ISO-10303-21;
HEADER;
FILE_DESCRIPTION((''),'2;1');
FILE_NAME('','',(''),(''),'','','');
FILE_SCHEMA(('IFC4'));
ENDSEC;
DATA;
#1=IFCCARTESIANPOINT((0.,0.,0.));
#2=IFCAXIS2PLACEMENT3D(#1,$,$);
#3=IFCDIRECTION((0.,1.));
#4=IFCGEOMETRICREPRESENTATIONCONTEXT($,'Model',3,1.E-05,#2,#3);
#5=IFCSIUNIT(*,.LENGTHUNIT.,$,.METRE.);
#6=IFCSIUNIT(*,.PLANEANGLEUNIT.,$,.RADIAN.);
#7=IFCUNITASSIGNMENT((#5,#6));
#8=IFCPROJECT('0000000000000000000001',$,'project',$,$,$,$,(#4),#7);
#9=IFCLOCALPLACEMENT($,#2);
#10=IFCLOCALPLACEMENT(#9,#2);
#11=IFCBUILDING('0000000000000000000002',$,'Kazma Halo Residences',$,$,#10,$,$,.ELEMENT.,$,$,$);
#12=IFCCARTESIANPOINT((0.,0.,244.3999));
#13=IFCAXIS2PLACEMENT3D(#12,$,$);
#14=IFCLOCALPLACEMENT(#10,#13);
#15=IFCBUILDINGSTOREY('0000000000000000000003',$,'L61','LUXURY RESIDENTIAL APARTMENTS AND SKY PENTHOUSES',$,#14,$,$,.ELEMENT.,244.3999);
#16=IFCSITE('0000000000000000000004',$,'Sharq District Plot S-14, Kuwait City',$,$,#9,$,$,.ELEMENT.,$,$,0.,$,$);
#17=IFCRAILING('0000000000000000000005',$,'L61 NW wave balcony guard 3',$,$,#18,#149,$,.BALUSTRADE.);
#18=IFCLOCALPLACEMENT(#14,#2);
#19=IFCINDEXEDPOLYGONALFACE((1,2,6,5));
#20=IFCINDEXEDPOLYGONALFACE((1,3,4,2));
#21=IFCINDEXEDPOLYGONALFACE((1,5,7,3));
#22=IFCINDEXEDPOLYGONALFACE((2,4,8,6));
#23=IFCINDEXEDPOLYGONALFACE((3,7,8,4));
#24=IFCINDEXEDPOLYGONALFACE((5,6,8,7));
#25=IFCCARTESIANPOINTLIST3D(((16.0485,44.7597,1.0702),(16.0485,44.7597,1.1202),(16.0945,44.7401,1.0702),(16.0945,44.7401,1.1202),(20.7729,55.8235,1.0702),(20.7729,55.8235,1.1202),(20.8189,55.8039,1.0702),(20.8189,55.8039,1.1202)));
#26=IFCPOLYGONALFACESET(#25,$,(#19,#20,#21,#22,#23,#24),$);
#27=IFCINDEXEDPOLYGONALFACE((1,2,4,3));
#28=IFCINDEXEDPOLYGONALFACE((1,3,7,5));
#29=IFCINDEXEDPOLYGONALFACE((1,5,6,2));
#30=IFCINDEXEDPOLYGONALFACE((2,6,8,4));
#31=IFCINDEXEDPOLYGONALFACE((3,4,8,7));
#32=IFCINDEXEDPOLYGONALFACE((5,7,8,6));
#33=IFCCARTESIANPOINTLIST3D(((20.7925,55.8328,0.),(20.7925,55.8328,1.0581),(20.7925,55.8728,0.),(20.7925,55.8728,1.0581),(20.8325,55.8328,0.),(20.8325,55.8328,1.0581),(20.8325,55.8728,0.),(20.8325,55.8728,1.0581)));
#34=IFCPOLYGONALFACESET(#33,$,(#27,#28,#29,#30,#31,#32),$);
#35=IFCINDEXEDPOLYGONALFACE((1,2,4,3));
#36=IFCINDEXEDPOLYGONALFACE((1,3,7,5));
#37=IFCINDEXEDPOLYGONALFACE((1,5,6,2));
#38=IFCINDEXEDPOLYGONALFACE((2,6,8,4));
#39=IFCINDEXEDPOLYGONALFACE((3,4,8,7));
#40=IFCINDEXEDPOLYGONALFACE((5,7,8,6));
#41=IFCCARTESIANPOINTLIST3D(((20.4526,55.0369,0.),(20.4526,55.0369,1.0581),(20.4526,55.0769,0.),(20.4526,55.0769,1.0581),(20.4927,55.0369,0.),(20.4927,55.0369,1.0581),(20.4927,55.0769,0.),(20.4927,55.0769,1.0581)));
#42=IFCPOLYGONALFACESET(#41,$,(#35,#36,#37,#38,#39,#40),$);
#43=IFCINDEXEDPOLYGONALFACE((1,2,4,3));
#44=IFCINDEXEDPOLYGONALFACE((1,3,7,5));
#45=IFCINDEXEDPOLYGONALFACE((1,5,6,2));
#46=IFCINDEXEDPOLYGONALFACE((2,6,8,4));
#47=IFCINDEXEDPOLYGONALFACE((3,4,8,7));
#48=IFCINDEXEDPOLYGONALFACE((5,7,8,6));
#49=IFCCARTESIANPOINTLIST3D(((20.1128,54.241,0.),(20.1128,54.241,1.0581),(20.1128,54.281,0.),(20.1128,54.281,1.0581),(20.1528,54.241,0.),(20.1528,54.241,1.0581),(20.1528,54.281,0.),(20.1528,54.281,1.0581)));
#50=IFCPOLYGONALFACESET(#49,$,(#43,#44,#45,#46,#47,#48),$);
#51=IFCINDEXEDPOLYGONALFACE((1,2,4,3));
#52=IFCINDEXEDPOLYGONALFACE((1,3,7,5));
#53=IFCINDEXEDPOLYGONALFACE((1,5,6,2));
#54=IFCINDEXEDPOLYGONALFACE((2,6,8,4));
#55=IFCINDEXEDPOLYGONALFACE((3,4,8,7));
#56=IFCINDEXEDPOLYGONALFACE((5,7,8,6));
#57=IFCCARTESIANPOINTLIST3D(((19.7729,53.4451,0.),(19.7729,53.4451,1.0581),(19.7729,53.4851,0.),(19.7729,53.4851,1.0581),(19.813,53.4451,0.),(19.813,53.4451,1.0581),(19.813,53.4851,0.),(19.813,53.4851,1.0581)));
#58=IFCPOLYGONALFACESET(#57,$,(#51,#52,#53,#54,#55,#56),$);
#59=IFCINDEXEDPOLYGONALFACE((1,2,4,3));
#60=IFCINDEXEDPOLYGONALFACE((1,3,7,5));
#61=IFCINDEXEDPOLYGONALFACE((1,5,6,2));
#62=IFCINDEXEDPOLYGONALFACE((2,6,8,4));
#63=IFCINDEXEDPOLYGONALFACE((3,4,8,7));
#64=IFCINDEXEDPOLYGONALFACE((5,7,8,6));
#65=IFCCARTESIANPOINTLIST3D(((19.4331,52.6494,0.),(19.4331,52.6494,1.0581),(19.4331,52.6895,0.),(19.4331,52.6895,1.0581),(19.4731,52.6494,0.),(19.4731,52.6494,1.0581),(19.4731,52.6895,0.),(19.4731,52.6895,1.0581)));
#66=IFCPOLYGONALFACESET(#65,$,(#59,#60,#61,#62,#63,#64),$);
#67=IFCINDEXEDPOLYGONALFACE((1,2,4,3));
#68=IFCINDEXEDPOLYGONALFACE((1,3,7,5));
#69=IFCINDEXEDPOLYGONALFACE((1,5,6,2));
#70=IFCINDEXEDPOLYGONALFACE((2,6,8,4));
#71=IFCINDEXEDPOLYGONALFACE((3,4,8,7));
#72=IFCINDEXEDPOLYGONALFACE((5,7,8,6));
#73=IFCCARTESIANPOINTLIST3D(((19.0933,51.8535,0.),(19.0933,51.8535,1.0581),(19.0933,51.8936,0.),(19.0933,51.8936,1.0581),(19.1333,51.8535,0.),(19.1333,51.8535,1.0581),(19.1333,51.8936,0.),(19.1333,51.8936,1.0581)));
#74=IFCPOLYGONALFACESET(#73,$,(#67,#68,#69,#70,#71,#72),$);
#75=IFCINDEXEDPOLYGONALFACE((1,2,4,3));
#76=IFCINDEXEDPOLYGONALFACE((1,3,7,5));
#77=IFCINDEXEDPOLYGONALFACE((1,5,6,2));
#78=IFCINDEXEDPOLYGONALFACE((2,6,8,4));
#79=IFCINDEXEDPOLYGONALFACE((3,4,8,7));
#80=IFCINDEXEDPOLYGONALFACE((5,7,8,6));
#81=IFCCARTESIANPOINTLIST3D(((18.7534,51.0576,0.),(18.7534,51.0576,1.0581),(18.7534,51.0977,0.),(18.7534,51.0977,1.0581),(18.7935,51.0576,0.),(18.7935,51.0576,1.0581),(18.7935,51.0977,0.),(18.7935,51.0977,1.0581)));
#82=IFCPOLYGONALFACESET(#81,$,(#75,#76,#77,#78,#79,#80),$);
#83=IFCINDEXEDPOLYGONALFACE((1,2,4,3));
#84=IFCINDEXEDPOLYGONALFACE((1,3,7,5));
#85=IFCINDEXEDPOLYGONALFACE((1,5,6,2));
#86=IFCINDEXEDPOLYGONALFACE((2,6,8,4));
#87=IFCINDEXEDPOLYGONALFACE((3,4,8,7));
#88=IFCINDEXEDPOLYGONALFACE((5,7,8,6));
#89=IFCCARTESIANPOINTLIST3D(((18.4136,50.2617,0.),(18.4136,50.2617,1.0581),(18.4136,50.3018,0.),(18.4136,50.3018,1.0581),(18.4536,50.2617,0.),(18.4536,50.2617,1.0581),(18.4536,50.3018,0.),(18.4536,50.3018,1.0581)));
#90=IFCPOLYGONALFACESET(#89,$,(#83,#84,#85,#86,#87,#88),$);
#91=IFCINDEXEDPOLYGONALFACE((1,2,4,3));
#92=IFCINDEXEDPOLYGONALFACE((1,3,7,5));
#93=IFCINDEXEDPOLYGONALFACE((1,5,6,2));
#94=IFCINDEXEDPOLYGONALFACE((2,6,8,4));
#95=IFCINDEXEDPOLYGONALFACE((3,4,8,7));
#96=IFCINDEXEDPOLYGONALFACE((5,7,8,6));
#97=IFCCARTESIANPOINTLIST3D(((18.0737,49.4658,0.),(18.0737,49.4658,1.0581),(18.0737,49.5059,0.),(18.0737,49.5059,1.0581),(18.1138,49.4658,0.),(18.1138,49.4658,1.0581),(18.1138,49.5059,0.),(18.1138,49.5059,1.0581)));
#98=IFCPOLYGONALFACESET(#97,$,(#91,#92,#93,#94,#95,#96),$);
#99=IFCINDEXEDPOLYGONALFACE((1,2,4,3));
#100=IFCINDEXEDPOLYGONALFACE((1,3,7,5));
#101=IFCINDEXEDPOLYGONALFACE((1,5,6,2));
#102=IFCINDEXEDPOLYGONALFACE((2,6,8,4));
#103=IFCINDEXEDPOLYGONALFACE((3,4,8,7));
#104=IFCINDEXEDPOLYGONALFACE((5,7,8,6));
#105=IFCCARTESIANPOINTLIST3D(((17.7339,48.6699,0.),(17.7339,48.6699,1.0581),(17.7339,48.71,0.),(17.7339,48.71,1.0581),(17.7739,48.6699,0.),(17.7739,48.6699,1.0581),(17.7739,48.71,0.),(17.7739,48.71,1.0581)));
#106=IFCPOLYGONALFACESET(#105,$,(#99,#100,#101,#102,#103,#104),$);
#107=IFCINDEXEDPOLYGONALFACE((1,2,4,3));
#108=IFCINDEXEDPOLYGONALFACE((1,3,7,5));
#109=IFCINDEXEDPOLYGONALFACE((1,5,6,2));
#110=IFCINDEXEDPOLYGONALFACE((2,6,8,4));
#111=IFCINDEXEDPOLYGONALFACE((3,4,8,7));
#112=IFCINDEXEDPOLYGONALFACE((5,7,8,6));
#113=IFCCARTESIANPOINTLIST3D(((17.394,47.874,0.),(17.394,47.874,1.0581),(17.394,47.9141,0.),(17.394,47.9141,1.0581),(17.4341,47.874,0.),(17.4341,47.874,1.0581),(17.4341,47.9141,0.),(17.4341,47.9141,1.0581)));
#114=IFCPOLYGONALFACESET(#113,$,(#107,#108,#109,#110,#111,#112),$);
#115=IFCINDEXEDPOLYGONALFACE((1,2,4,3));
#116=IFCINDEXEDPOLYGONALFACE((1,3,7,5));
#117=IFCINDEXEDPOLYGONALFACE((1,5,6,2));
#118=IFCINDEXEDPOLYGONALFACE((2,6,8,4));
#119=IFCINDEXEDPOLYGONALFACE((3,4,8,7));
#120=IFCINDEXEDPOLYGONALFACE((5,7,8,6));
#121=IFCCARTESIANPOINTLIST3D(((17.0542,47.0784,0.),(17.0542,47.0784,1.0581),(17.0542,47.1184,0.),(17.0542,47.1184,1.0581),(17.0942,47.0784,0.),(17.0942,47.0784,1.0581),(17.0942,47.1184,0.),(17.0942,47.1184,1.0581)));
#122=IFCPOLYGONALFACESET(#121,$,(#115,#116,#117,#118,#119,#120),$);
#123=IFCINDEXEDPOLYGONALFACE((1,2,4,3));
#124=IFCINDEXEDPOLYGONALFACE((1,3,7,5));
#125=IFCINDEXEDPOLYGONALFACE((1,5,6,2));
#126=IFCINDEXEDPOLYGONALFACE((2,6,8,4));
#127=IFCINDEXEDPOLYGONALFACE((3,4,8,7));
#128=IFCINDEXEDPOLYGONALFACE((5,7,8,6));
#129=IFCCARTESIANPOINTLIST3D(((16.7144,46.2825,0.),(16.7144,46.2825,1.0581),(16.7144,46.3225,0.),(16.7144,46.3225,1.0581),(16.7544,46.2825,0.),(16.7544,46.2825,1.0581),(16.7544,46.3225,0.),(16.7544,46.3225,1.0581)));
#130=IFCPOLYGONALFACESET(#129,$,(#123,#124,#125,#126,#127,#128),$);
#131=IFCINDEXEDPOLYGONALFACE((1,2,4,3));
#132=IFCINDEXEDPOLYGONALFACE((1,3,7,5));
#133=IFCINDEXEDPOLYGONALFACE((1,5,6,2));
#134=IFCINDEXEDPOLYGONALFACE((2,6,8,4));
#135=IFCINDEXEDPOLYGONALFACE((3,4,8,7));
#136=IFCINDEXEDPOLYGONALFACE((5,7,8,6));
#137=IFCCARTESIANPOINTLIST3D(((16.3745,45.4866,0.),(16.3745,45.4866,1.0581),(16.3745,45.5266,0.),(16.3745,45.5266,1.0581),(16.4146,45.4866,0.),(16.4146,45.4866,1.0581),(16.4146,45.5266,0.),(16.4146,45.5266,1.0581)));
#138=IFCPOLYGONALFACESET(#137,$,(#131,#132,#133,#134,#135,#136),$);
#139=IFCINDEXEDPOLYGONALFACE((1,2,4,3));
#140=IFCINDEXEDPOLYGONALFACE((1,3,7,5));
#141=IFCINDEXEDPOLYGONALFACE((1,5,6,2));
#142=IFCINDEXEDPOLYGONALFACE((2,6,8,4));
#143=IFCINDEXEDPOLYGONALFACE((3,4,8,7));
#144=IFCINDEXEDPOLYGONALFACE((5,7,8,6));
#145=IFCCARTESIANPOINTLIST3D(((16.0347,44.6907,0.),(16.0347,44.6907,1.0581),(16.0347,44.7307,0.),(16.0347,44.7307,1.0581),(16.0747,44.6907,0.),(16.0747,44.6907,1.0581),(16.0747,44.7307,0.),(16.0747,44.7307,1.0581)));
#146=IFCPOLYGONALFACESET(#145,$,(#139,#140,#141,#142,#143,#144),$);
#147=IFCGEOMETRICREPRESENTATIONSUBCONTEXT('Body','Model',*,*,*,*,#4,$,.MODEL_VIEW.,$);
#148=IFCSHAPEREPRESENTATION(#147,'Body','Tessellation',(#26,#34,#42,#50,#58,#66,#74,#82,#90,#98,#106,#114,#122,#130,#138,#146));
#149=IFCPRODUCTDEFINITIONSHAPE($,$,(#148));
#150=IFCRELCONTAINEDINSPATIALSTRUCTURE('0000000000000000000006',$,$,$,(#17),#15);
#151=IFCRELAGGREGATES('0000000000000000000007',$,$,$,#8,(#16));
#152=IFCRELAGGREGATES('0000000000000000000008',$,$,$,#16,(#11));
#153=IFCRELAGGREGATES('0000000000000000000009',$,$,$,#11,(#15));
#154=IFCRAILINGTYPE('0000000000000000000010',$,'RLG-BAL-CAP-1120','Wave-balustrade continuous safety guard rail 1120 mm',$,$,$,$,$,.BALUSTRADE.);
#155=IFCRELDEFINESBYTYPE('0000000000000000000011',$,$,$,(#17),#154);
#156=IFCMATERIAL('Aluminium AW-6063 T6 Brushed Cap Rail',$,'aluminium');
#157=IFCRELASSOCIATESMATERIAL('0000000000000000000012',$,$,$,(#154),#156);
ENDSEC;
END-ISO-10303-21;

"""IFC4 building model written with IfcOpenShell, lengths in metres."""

from ifc_helpers import new_model, si_unit, direction, frame, origin, origin_2d, place, context, subcontext, project, spatial, rectangle, extrude, material, type_object, element, save


model = new_model("IFC4")

# Units and contexts
model_context = context("Model", 3, precision=1e-05, world=origin(), true_north=direction((0.0, 1.0)))
body_context = subcontext(model_context, "Body", "Model", "MODEL_VIEW")
ifc_project = project(units=[si_unit("LENGTHUNIT", "METRE"), si_unit("PLANEANGLEUNIT", "RADIAN")], contexts=[model_context])

# Site, building, storey
site_placement = place(None, origin())
site = spatial("IfcSite", under=ifc_project, at=site_placement, Name="Sharq District Plot S-14, Kuwait City", CompositionType="ELEMENT", RefElevation=0.0)
building_placement = place(site_placement, origin())
building = spatial("IfcBuilding", under=site, at=building_placement, Name="Kazma Halo Residences", CompositionType="ELEMENT")
storey_placement = place(building_placement, frame((0.0, 0.0, 244.3999)))
storey = spatial("IfcBuildingStorey", under=building, at=storey_placement, Name="L61", Description="LUXURY RESIDENTIAL APARTMENTS AND SKY PENTHOUSES", CompositionType="ELEMENT", Elevation=244.3999)

# Railing
ifc_material_1 = material(Name="Aluminium AW-6063 T6 Brushed Cap Rail", Category="aluminium")
railing_type = type_object("IfcRailingType", Name="RLG-BAL-CAP-1120", Description="Wave-balustrade continuous safety guard rail 1120 mm", PredefinedType="BALUSTRADE", material=ifc_material_1)
railing_1_placement = place(storey_placement, frame((20.8125, 55.8528, 0.0)))
element("IfcRailing", 1, at=railing_1_placement, inside=storey, type_object=railing_type, Name="L61 NW wave balcony guard 3", PredefinedType="BALUSTRADE", context=body_context, shape_type="SweptSolid", body=[
    extrude(rectangle(XDim=0.05, YDim=0.05, at=origin_2d()), frame((-0.0166, -0.0391, 1.0952), z_axis=(-0.392708, -0.919663, 0.0), x_axis=(0.919663, -0.392708, 0.0)), (0.0, 0.0, 1.0), 12.0303),
    extrude(rectangle(XDim=0.04, YDim=0.04, at=origin_2d()), origin(), (0.0, 0.0, 1.0), 1.0581),
    extrude(rectangle(XDim=0.04, YDim=0.04, at=origin_2d()), frame((-0.3398, -0.7959, 0.0)), (0.0, 0.0, 1.0), 1.0581),
    extrude(rectangle(XDim=0.04, YDim=0.04, at=origin_2d()), frame((-0.6797, -1.5918, 0.0)), (0.0, 0.0, 1.0), 1.0581),
    extrude(rectangle(XDim=0.04, YDim=0.04, at=origin_2d()), frame((-1.0195, -2.3877, 0.0)), (0.0, 0.0, 1.0), 1.0581),
    extrude(rectangle(XDim=0.04, YDim=0.04, at=origin_2d()), frame((-1.3594, -3.1833, 0.0)), (0.0, 0.0, 1.0), 1.0581),
    extrude(rectangle(XDim=0.04, YDim=0.04, at=origin_2d()), frame((-1.6992, -3.9792, 0.0)), (0.0, 0.0, 1.0), 1.0581),
    extrude(rectangle(XDim=0.04, YDim=0.04, at=origin_2d()), frame((-2.0391, -4.7751, 0.0)), (0.0, 0.0, 1.0), 1.0581),
    extrude(rectangle(XDim=0.04, YDim=0.04, at=origin_2d()), frame((-2.3789, -5.571, 0.0)), (0.0, 0.0, 1.0), 1.0581),
    extrude(rectangle(XDim=0.04, YDim=0.04, at=origin_2d()), frame((-2.7188, -6.3669, 0.0)), (0.0, 0.0, 1.0), 1.0581),
    extrude(rectangle(XDim=0.04, YDim=0.04, at=origin_2d()), frame((-3.0586, -7.1628, 0.0)), (0.0, 0.0, 1.0), 1.0581),
    extrude(rectangle(XDim=0.04, YDim=0.04, at=origin_2d()), frame((-3.3984, -7.9587, 0.0)), (0.0, 0.0, 1.0), 1.0581),
    extrude(rectangle(XDim=0.04, YDim=0.04, at=origin_2d()), frame((-3.7383, -8.7544, 0.0)), (0.0, 0.0, 1.0), 1.0581),
    extrude(rectangle(XDim=0.04, YDim=0.04, at=origin_2d()), frame((-4.0781, -9.5503, 0.0)), (0.0, 0.0, 1.0), 1.0581),
    extrude(rectangle(XDim=0.04, YDim=0.04, at=origin_2d()), frame((-4.418, -10.3462, 0.0)), (0.0, 0.0, 1.0), 1.0581),
    extrude(rectangle(XDim=0.04, YDim=0.04, at=origin_2d()), frame((-4.7578, -11.1421, 0.0)), (0.0, 0.0, 1.0), 1.0581),
])

save(model, "model.ifc")
